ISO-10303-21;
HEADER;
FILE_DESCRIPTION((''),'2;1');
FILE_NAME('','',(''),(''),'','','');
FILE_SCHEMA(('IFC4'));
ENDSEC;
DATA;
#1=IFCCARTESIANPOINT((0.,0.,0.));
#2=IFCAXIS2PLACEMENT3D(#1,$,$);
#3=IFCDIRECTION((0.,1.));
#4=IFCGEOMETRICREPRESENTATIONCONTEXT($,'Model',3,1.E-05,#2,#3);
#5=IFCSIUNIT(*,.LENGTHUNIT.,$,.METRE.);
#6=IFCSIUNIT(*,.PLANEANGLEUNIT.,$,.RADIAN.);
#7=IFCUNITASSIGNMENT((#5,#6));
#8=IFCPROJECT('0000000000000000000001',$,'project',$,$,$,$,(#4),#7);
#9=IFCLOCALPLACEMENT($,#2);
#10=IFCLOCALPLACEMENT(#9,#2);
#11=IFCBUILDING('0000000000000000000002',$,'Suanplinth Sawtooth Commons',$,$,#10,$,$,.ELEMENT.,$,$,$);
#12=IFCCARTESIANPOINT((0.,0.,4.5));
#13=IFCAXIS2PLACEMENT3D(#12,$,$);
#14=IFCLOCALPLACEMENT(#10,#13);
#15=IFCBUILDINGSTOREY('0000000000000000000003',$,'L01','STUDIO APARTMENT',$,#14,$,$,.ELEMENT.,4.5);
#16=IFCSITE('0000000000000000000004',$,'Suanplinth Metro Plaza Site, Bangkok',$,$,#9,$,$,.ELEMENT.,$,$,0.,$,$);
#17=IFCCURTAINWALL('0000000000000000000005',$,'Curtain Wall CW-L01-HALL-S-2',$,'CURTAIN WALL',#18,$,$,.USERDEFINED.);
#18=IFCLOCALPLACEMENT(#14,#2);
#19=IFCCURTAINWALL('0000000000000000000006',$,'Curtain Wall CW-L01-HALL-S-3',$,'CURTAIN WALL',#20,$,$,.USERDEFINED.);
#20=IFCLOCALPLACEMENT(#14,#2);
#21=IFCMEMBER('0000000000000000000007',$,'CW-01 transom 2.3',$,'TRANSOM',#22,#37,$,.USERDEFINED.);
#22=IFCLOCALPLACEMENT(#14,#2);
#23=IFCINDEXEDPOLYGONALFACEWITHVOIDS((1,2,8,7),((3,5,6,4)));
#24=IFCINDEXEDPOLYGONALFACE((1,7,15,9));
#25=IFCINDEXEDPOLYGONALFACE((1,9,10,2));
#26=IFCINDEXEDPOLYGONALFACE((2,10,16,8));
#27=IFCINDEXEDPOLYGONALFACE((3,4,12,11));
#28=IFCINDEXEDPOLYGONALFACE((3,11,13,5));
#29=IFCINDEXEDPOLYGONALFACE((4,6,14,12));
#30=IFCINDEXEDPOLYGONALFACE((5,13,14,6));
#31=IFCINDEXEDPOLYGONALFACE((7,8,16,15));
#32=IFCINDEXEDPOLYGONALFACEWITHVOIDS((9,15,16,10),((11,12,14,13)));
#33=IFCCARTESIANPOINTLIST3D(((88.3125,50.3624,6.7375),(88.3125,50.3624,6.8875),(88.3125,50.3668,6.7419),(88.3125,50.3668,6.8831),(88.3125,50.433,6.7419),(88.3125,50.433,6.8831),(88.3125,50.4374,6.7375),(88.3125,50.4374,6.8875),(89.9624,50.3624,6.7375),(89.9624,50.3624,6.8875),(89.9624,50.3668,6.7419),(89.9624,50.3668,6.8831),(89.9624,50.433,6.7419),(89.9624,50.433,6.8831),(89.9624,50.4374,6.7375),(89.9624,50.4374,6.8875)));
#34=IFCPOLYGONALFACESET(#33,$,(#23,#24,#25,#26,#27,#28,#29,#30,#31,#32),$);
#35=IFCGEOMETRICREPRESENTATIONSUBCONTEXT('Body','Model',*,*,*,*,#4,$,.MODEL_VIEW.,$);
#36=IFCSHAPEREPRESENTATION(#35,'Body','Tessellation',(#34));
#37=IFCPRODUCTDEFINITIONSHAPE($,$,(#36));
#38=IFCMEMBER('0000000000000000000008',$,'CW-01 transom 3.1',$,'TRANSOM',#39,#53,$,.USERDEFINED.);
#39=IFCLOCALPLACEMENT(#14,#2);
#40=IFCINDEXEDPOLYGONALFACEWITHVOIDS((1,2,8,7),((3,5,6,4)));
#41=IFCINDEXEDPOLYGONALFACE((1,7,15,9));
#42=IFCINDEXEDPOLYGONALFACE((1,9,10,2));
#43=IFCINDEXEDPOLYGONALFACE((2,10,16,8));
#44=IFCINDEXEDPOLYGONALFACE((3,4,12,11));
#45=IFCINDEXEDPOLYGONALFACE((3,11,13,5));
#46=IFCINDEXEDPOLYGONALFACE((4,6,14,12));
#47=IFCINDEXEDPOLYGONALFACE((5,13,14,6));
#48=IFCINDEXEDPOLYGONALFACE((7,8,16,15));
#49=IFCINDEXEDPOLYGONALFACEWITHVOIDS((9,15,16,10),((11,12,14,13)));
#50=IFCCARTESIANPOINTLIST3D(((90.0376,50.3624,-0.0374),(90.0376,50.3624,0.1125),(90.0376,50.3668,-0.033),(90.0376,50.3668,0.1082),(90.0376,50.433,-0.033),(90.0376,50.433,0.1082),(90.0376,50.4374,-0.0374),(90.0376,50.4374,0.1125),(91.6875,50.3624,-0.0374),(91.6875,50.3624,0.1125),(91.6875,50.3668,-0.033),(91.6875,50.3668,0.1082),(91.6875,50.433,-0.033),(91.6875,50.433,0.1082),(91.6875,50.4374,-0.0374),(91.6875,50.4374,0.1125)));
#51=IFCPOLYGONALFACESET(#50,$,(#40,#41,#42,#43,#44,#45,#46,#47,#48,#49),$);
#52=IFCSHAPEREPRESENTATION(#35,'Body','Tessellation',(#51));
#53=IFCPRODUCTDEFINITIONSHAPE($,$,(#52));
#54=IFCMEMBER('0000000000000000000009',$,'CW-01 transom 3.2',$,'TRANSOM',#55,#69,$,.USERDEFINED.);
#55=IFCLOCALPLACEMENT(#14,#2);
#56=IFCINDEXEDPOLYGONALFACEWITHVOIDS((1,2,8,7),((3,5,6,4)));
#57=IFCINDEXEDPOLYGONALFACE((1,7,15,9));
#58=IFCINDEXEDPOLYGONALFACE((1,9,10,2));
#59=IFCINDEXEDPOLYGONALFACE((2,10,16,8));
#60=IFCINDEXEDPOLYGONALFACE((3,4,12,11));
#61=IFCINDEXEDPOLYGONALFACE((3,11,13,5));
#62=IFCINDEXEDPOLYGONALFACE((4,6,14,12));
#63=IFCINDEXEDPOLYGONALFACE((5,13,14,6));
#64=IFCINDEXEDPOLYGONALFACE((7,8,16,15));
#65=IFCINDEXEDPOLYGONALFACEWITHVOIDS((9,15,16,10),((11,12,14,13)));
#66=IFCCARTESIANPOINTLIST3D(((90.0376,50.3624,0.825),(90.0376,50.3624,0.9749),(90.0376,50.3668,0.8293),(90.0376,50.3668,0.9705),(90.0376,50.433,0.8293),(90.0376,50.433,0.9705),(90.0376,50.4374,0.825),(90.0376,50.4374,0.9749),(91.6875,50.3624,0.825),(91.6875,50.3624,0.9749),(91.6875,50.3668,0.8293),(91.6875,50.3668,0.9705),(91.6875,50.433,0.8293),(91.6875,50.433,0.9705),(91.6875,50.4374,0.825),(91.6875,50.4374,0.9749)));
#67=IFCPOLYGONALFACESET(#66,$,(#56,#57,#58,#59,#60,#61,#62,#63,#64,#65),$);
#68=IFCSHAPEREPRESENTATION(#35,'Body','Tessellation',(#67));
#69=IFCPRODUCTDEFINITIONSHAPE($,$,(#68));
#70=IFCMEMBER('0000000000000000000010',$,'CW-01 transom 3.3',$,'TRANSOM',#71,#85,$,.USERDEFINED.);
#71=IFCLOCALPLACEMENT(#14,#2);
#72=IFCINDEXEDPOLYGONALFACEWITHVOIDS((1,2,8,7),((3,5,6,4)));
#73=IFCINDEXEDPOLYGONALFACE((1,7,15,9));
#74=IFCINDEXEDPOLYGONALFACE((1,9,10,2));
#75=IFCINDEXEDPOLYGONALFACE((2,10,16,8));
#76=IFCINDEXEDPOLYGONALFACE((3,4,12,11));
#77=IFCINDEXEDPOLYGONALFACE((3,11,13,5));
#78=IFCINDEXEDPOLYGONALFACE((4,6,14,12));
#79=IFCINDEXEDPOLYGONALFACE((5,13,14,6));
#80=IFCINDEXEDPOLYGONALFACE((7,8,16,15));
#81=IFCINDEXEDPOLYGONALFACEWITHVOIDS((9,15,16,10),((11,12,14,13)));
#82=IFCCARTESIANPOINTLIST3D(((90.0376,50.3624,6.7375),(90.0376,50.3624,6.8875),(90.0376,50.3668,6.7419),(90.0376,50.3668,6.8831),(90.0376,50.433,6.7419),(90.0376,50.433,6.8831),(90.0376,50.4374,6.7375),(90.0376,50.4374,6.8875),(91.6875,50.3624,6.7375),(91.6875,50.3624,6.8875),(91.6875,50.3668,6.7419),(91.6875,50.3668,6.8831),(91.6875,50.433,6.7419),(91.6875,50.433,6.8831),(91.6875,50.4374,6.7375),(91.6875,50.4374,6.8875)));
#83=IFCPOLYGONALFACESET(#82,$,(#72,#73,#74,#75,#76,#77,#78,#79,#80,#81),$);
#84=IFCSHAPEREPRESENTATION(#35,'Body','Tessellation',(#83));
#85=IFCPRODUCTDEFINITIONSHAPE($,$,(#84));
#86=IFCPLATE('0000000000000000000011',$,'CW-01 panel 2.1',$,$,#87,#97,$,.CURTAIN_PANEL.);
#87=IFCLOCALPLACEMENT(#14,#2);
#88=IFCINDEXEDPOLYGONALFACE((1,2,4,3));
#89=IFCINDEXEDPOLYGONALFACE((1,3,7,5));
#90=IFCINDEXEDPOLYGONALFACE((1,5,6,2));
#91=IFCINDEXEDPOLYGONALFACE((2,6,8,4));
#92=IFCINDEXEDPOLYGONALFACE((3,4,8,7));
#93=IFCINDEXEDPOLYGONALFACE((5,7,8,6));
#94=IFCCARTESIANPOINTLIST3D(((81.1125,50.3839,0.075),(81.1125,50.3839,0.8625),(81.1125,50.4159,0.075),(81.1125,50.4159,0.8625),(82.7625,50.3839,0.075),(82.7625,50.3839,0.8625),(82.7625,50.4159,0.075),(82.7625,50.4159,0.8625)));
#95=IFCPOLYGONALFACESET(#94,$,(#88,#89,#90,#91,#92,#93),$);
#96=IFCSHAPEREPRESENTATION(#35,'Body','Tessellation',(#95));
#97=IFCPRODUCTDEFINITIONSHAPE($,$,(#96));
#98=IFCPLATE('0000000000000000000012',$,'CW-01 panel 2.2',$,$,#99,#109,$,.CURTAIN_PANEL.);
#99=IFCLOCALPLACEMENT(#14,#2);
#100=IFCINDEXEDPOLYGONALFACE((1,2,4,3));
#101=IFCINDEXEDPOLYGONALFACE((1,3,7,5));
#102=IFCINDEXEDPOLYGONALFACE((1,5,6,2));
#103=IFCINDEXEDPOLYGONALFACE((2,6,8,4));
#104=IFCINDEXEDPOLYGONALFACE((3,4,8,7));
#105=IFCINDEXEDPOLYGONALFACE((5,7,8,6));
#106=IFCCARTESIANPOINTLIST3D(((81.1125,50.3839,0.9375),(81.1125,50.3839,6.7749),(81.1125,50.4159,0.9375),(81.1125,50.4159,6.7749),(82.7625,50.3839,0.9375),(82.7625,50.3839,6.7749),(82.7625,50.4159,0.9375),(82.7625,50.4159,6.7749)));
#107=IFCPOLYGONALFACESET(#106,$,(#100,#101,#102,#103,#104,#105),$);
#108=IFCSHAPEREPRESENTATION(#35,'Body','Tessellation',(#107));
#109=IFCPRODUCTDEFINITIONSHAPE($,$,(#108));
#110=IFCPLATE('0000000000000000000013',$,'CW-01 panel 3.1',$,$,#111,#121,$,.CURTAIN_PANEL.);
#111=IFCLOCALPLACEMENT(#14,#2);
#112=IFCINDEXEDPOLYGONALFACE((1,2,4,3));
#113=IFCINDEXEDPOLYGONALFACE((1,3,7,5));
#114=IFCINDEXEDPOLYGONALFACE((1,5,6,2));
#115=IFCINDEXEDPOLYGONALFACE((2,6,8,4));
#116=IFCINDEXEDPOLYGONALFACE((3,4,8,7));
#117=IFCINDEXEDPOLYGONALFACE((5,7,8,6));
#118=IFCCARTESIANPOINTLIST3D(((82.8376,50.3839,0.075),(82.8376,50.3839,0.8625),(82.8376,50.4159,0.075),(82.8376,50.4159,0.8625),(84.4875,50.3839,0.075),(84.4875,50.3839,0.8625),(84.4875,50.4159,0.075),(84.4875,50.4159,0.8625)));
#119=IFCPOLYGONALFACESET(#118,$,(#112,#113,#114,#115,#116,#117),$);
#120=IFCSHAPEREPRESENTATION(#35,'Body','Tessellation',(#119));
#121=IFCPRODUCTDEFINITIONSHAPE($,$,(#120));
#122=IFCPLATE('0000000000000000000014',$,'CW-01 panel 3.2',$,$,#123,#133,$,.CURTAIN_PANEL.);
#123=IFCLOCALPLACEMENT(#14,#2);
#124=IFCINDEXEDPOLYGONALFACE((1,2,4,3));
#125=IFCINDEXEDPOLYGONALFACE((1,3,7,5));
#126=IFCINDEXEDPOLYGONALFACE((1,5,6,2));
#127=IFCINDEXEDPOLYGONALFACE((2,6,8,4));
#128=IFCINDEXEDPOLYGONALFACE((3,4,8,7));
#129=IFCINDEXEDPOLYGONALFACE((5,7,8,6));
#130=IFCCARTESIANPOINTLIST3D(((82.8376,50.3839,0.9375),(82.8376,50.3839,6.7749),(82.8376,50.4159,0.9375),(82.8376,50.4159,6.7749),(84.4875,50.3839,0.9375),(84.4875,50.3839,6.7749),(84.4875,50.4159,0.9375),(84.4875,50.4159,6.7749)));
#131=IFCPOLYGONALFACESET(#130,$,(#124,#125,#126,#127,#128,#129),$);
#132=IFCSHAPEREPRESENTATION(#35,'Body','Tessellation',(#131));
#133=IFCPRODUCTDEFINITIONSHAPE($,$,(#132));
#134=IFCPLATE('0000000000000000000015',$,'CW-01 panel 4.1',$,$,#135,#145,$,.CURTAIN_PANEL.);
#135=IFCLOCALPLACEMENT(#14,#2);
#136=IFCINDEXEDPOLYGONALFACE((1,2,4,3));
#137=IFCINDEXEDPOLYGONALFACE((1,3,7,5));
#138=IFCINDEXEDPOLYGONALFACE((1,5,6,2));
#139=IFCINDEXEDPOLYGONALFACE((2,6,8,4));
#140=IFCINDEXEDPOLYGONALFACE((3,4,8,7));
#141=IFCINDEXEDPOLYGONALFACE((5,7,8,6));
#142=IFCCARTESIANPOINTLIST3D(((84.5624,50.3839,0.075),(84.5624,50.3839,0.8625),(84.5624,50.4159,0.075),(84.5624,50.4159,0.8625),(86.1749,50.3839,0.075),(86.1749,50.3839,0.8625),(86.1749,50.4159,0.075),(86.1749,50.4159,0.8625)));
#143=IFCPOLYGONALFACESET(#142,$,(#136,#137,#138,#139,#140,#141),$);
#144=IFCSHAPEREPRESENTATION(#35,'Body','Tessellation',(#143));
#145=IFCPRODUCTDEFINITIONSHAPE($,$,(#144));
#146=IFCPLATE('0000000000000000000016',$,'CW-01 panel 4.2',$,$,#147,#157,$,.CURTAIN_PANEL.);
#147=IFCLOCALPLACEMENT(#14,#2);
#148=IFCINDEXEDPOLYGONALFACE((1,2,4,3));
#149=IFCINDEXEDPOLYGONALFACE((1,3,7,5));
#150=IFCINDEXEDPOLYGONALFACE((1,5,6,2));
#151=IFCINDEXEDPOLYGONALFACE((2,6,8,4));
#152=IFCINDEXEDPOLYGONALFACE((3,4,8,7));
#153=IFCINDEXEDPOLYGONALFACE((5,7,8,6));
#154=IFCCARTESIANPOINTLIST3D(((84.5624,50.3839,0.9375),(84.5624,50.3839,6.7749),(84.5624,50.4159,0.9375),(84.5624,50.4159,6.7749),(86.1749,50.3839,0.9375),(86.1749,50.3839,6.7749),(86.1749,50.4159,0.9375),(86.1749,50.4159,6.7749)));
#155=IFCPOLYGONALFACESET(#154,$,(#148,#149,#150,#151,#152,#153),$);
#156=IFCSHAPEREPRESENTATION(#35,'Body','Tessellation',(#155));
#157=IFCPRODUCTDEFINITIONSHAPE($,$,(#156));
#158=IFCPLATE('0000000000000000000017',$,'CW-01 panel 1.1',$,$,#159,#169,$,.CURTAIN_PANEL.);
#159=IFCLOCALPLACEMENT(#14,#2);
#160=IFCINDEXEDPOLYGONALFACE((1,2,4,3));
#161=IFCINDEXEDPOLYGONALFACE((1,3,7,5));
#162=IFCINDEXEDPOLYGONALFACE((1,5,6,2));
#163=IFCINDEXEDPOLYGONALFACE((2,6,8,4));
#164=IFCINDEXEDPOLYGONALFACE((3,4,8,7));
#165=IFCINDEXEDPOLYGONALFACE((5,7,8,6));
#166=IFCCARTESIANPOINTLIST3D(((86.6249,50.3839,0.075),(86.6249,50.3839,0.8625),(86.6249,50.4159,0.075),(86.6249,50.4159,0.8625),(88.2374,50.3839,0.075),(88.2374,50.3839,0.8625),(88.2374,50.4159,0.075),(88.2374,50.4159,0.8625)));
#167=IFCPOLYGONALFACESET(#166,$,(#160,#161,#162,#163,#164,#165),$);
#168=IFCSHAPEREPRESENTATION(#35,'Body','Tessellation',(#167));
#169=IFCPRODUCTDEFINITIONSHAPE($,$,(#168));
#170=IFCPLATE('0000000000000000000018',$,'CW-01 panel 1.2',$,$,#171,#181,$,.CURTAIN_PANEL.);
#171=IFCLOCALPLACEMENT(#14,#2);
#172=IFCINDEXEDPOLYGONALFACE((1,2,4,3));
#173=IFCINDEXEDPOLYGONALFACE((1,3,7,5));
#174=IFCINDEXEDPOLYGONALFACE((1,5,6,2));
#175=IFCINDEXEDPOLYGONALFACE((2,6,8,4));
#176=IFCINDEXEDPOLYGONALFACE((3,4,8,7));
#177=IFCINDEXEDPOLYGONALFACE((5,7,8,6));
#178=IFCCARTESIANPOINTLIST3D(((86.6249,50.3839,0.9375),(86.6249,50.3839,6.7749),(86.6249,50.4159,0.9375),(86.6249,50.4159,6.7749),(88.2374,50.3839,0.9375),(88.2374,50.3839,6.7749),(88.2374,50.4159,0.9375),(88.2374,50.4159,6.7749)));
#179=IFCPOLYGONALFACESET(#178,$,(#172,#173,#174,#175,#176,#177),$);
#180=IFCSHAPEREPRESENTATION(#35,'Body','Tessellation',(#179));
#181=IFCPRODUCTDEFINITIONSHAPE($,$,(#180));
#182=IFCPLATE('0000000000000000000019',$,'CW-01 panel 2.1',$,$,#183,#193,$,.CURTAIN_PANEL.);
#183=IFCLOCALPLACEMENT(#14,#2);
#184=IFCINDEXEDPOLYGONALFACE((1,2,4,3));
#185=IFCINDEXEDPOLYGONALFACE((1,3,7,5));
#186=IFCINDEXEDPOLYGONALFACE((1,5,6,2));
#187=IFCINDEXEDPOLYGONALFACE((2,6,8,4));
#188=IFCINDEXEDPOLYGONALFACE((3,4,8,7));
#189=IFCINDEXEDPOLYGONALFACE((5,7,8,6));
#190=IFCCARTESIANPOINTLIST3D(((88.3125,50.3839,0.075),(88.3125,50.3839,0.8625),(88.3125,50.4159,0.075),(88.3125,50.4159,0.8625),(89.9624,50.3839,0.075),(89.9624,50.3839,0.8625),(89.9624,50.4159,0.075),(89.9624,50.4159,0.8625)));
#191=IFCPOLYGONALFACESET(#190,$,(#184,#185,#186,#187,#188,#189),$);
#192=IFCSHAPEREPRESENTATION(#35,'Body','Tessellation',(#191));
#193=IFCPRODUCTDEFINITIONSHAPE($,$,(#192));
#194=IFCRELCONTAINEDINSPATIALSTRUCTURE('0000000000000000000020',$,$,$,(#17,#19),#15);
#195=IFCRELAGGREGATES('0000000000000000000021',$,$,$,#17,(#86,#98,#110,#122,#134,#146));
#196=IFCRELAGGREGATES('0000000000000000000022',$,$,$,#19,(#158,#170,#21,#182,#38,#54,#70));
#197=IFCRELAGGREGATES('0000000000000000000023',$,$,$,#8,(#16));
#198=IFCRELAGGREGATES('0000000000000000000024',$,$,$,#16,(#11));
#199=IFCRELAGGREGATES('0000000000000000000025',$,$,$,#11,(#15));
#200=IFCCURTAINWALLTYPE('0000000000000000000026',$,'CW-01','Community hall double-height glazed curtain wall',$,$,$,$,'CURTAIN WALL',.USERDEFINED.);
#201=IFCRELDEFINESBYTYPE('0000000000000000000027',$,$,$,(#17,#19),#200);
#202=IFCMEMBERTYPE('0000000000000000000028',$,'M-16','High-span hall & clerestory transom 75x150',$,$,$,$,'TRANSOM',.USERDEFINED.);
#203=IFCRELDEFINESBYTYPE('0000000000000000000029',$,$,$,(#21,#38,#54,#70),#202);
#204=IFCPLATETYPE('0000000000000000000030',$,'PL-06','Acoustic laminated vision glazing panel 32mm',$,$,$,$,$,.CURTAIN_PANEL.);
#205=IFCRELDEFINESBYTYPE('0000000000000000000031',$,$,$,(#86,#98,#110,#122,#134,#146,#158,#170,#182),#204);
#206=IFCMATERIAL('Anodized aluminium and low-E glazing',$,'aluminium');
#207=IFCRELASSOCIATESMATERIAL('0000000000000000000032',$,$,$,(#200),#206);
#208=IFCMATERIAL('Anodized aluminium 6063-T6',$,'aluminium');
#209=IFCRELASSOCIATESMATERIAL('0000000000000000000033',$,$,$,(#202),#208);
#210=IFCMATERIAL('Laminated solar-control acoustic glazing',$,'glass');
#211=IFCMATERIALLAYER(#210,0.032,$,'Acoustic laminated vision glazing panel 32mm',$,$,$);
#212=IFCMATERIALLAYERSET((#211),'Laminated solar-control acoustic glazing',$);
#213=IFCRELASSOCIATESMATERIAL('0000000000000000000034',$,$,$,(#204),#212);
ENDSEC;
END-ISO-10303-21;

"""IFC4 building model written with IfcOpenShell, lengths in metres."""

from ifc_helpers import new_model, si_unit, direction, frame, origin, origin_2d, place, context, subcontext, project, spatial, rectangle, hollow_rectangle, extrude, material, layer, layer_set, material_profile, profile_set, type_object, element, aggregate, save


model = new_model("IFC4")

# Units and contexts
model_context = context("Model", 3, precision=1e-05, world=origin(), true_north=direction((0.0, 1.0)))
body_context = subcontext(model_context, "Body", "Model", "MODEL_VIEW")
ifc_project = project(units=[si_unit("LENGTHUNIT", "METRE"), si_unit("PLANEANGLEUNIT", "RADIAN")], contexts=[model_context])

# Site, building, storey
site_placement = place(None, origin())
site = spatial("IfcSite", under=ifc_project, at=site_placement, Name="Suanplinth Metro Plaza Site, Bangkok", CompositionType="ELEMENT", RefElevation=0.0)
building_placement = place(site_placement, origin())
building = spatial("IfcBuilding", under=site, at=building_placement, Name="Suanplinth Sawtooth Commons", CompositionType="ELEMENT")
storey_placement = place(building_placement, frame((0.0, 0.0, 4.5)))
storey = spatial("IfcBuildingStorey", under=building, at=storey_placement, Name="L01", Description="STUDIO APARTMENT", CompositionType="ELEMENT", Elevation=4.5)

# Curtain walls
ifc_material_1 = material(Name="Anodized aluminium and low-E glazing", Category="aluminium")
curtain_wall_type = type_object("IfcCurtainWallType", Name="CW-01", Description="Community hall double-height glazed curtain wall", ElementType="CURTAIN WALL", PredefinedType="USERDEFINED", material=ifc_material_1)
curtain_wall_1_placement = place(storey_placement, origin())
curtain_wall_1 = element("IfcCurtainWall", 1, at=curtain_wall_1_placement, inside=storey, type_object=curtain_wall_type, Name="Curtain Wall CW-L01-HALL-S-2", ObjectType="CURTAIN WALL", PredefinedType="USERDEFINED")
ifc_material_2 = material(Name="Anodized aluminium 6063-T6", Category="aluminium")
curtain_wall_2_placement = place(storey_placement, origin())
curtain_wall_2 = element("IfcCurtainWall", 2, at=curtain_wall_2_placement, inside=storey, type_object=curtain_wall_type, Name="Curtain Wall CW-L01-HALL-S-3", ObjectType="CURTAIN WALL", PredefinedType="USERDEFINED")

# Members
ifc_material_profile_1 = material_profile(ifc_material_2, hollow_rectangle(XDim=0.075, YDim=0.1499, WallThickness=0.0044, at=origin_2d()), Name="ALU-TRN 75x150")
ifc_profile_set_1 = profile_set([ifc_material_profile_1], Name="Anodized aluminium 6063-T6")
member_type_1 = type_object("IfcMemberType", Name="M-16", Description="High-span hall & clerestory transom 75x150", ElementType="TRANSOM", PredefinedType="USERDEFINED", material=ifc_profile_set_1)
member_1_placement = place(storey_placement, frame((88.3125, 50.3999, 6.8125), z_axis=(1.0, 0.0, 0.0), x_axis=(0.0, 1.0, 0.0)))
member_1 = element("IfcMember", 3, at=member_1_placement, type_object=member_type_1, Name="CW-01 transom 2.3", ObjectType="TRANSOM", PredefinedType="USERDEFINED", context=body_context, shape_type="SweptSolid", body=[
    extrude(hollow_rectangle(XDim=0.075, YDim=0.1499, WallThickness=0.0044, at=origin_2d()), origin(), (0.0, 0.0, 1.0), 1.6499),
])
member_2_placement = place(storey_placement, frame((90.0376, 50.3999, 0.0376), z_axis=(1.0, 0.0, 0.0), x_axis=(0.0, 1.0, 0.0)))
member_2 = element("IfcMember", 4, at=member_2_placement, type_object=member_type_1, Name="CW-01 transom 3.1", ObjectType="TRANSOM", PredefinedType="USERDEFINED", context=body_context, shape_type="SweptSolid", body=[
    extrude(hollow_rectangle(XDim=0.075, YDim=0.1499, WallThickness=0.0044, at=origin_2d()), origin(), (0.0, 0.0, 1.0), 1.6499),
])
member_3_placement = place(storey_placement, frame((90.0376, 50.3999, 0.8999), z_axis=(1.0, 0.0, 0.0), x_axis=(0.0, 1.0, 0.0)))
member_3 = element("IfcMember", 5, at=member_3_placement, type_object=member_type_1, Name="CW-01 transom 3.2", ObjectType="TRANSOM", PredefinedType="USERDEFINED", context=body_context, shape_type="SweptSolid", body=[
    extrude(hollow_rectangle(XDim=0.075, YDim=0.1499, WallThickness=0.0044, at=origin_2d()), origin(), (0.0, 0.0, 1.0), 1.6499),
])
member_4_placement = place(storey_placement, frame((90.0376, 50.3999, 6.8125), z_axis=(1.0, 0.0, 0.0), x_axis=(0.0, 1.0, 0.0)))
member_4 = element("IfcMember", 6, at=member_4_placement, type_object=member_type_1, Name="CW-01 transom 3.3", ObjectType="TRANSOM", PredefinedType="USERDEFINED", context=body_context, shape_type="SweptSolid", body=[
    extrude(hollow_rectangle(XDim=0.075, YDim=0.1499, WallThickness=0.0044, at=origin_2d()), origin(), (0.0, 0.0, 1.0), 1.6499),
])

# Plates
ifc_material_3 = material(Name="Laminated solar-control acoustic glazing", Category="glass")
ifc_layer = layer(ifc_material_3, 0.032, Name="Acoustic laminated vision glazing panel 32mm")
ifc_layer_set = layer_set([ifc_layer], Name="Laminated solar-control acoustic glazing")
plate_type = type_object("IfcPlateType", Name="PL-06", Description="Acoustic laminated vision glazing panel 32mm", PredefinedType="CURTAIN_PANEL", material=ifc_layer_set)
plate_1_placement = place(storey_placement, frame((81.9375, 50.3999, 0.075), z_axis=(0.0, 0.0, 1.0), x_axis=(1.0, 0.0, 0.0)))
plate_1 = element("IfcPlate", 7, at=plate_1_placement, type_object=plate_type, Name="CW-01 panel 2.1", PredefinedType="CURTAIN_PANEL", context=body_context, shape_type="SweptSolid", body=[
    extrude(rectangle(XDim=1.6499, YDim=0.032, at=origin_2d()), origin(), (0.0, 0.0, 1.0), 0.7876),
])
plate_2_placement = place(storey_placement, frame((81.9375, 50.3999, 0.9375), z_axis=(0.0, 0.0, 1.0), x_axis=(1.0, 0.0, 0.0)))
plate_2 = element("IfcPlate", 8, at=plate_2_placement, type_object=plate_type, Name="CW-01 panel 2.2", PredefinedType="CURTAIN_PANEL", context=body_context, shape_type="SweptSolid", body=[
    extrude(rectangle(XDim=1.6499, YDim=0.032, at=origin_2d()), origin(), (0.0, 0.0, 1.0), 5.8374),
])
plate_3_placement = place(storey_placement, frame((83.6626, 50.3999, 0.075), z_axis=(0.0, 0.0, 1.0), x_axis=(1.0, 0.0, 0.0)))
plate_3 = element("IfcPlate", 9, at=plate_3_placement, type_object=plate_type, Name="CW-01 panel 3.1", PredefinedType="CURTAIN_PANEL", context=body_context, shape_type="SweptSolid", body=[
    extrude(rectangle(XDim=1.6499, YDim=0.032, at=origin_2d()), origin(), (0.0, 0.0, 1.0), 0.7876),
])
plate_4_placement = place(storey_placement, frame((83.6626, 50.3999, 0.9375), z_axis=(0.0, 0.0, 1.0), x_axis=(1.0, 0.0, 0.0)))
plate_4 = element("IfcPlate", 10, at=plate_4_placement, type_object=plate_type, Name="CW-01 panel 3.2", PredefinedType="CURTAIN_PANEL", context=body_context, shape_type="SweptSolid", body=[
    extrude(rectangle(XDim=1.6499, YDim=0.032, at=origin_2d()), origin(), (0.0, 0.0, 1.0), 5.8374),
])
plate_5_placement = place(storey_placement, frame((85.3687, 50.3999, 0.075), z_axis=(0.0, 0.0, 1.0), x_axis=(1.0, 0.0, 0.0)))
plate_5 = element("IfcPlate", 11, at=plate_5_placement, type_object=plate_type, Name="CW-01 panel 4.1", PredefinedType="CURTAIN_PANEL", context=body_context, shape_type="SweptSolid", body=[
    extrude(rectangle(XDim=1.6125, YDim=0.032, at=origin_2d()), origin(), (0.0, 0.0, 1.0), 0.7876),
])
plate_6_placement = place(storey_placement, frame((85.3687, 50.3999, 0.9375), z_axis=(0.0, 0.0, 1.0), x_axis=(1.0, 0.0, 0.0)))
plate_6 = element("IfcPlate", 12, at=plate_6_placement, type_object=plate_type, Name="CW-01 panel 4.2", PredefinedType="CURTAIN_PANEL", context=body_context, shape_type="SweptSolid", body=[
    extrude(rectangle(XDim=1.6125, YDim=0.032, at=origin_2d()), origin(), (0.0, 0.0, 1.0), 5.8374),
])
aggregate(curtain_wall_1, [plate_1, plate_2, plate_3, plate_4, plate_5, plate_6])
plate_7_placement = place(storey_placement, frame((87.4312, 50.3999, 0.075), z_axis=(0.0, 0.0, 1.0), x_axis=(1.0, 0.0, 0.0)))
plate_7 = element("IfcPlate", 13, at=plate_7_placement, type_object=plate_type, Name="CW-01 panel 1.1", PredefinedType="CURTAIN_PANEL", context=body_context, shape_type="SweptSolid", body=[
    extrude(rectangle(XDim=1.6125, YDim=0.032, at=origin_2d()), origin(), (0.0, 0.0, 1.0), 0.7876),
])
plate_8_placement = place(storey_placement, frame((87.4312, 50.3999, 0.9375), z_axis=(0.0, 0.0, 1.0), x_axis=(1.0, 0.0, 0.0)))
plate_8 = element("IfcPlate", 14, at=plate_8_placement, type_object=plate_type, Name="CW-01 panel 1.2", PredefinedType="CURTAIN_PANEL", context=body_context, shape_type="SweptSolid", body=[
    extrude(rectangle(XDim=1.6125, YDim=0.032, at=origin_2d()), origin(), (0.0, 0.0, 1.0), 5.8374),
])
plate_9_placement = place(storey_placement, frame((89.1375, 50.3999, 0.075), z_axis=(0.0, 0.0, 1.0), x_axis=(1.0, 0.0, 0.0)))
plate_9 = element("IfcPlate", 15, at=plate_9_placement, type_object=plate_type, Name="CW-01 panel 2.1", PredefinedType="CURTAIN_PANEL", context=body_context, shape_type="SweptSolid", body=[
    extrude(rectangle(XDim=1.6499, YDim=0.032, at=origin_2d()), origin(), (0.0, 0.0, 1.0), 0.7876),
])
aggregate(curtain_wall_2, [plate_7, plate_8, member_1, plate_9, member_2, member_3, member_4])

save(model, "model.ifc")
